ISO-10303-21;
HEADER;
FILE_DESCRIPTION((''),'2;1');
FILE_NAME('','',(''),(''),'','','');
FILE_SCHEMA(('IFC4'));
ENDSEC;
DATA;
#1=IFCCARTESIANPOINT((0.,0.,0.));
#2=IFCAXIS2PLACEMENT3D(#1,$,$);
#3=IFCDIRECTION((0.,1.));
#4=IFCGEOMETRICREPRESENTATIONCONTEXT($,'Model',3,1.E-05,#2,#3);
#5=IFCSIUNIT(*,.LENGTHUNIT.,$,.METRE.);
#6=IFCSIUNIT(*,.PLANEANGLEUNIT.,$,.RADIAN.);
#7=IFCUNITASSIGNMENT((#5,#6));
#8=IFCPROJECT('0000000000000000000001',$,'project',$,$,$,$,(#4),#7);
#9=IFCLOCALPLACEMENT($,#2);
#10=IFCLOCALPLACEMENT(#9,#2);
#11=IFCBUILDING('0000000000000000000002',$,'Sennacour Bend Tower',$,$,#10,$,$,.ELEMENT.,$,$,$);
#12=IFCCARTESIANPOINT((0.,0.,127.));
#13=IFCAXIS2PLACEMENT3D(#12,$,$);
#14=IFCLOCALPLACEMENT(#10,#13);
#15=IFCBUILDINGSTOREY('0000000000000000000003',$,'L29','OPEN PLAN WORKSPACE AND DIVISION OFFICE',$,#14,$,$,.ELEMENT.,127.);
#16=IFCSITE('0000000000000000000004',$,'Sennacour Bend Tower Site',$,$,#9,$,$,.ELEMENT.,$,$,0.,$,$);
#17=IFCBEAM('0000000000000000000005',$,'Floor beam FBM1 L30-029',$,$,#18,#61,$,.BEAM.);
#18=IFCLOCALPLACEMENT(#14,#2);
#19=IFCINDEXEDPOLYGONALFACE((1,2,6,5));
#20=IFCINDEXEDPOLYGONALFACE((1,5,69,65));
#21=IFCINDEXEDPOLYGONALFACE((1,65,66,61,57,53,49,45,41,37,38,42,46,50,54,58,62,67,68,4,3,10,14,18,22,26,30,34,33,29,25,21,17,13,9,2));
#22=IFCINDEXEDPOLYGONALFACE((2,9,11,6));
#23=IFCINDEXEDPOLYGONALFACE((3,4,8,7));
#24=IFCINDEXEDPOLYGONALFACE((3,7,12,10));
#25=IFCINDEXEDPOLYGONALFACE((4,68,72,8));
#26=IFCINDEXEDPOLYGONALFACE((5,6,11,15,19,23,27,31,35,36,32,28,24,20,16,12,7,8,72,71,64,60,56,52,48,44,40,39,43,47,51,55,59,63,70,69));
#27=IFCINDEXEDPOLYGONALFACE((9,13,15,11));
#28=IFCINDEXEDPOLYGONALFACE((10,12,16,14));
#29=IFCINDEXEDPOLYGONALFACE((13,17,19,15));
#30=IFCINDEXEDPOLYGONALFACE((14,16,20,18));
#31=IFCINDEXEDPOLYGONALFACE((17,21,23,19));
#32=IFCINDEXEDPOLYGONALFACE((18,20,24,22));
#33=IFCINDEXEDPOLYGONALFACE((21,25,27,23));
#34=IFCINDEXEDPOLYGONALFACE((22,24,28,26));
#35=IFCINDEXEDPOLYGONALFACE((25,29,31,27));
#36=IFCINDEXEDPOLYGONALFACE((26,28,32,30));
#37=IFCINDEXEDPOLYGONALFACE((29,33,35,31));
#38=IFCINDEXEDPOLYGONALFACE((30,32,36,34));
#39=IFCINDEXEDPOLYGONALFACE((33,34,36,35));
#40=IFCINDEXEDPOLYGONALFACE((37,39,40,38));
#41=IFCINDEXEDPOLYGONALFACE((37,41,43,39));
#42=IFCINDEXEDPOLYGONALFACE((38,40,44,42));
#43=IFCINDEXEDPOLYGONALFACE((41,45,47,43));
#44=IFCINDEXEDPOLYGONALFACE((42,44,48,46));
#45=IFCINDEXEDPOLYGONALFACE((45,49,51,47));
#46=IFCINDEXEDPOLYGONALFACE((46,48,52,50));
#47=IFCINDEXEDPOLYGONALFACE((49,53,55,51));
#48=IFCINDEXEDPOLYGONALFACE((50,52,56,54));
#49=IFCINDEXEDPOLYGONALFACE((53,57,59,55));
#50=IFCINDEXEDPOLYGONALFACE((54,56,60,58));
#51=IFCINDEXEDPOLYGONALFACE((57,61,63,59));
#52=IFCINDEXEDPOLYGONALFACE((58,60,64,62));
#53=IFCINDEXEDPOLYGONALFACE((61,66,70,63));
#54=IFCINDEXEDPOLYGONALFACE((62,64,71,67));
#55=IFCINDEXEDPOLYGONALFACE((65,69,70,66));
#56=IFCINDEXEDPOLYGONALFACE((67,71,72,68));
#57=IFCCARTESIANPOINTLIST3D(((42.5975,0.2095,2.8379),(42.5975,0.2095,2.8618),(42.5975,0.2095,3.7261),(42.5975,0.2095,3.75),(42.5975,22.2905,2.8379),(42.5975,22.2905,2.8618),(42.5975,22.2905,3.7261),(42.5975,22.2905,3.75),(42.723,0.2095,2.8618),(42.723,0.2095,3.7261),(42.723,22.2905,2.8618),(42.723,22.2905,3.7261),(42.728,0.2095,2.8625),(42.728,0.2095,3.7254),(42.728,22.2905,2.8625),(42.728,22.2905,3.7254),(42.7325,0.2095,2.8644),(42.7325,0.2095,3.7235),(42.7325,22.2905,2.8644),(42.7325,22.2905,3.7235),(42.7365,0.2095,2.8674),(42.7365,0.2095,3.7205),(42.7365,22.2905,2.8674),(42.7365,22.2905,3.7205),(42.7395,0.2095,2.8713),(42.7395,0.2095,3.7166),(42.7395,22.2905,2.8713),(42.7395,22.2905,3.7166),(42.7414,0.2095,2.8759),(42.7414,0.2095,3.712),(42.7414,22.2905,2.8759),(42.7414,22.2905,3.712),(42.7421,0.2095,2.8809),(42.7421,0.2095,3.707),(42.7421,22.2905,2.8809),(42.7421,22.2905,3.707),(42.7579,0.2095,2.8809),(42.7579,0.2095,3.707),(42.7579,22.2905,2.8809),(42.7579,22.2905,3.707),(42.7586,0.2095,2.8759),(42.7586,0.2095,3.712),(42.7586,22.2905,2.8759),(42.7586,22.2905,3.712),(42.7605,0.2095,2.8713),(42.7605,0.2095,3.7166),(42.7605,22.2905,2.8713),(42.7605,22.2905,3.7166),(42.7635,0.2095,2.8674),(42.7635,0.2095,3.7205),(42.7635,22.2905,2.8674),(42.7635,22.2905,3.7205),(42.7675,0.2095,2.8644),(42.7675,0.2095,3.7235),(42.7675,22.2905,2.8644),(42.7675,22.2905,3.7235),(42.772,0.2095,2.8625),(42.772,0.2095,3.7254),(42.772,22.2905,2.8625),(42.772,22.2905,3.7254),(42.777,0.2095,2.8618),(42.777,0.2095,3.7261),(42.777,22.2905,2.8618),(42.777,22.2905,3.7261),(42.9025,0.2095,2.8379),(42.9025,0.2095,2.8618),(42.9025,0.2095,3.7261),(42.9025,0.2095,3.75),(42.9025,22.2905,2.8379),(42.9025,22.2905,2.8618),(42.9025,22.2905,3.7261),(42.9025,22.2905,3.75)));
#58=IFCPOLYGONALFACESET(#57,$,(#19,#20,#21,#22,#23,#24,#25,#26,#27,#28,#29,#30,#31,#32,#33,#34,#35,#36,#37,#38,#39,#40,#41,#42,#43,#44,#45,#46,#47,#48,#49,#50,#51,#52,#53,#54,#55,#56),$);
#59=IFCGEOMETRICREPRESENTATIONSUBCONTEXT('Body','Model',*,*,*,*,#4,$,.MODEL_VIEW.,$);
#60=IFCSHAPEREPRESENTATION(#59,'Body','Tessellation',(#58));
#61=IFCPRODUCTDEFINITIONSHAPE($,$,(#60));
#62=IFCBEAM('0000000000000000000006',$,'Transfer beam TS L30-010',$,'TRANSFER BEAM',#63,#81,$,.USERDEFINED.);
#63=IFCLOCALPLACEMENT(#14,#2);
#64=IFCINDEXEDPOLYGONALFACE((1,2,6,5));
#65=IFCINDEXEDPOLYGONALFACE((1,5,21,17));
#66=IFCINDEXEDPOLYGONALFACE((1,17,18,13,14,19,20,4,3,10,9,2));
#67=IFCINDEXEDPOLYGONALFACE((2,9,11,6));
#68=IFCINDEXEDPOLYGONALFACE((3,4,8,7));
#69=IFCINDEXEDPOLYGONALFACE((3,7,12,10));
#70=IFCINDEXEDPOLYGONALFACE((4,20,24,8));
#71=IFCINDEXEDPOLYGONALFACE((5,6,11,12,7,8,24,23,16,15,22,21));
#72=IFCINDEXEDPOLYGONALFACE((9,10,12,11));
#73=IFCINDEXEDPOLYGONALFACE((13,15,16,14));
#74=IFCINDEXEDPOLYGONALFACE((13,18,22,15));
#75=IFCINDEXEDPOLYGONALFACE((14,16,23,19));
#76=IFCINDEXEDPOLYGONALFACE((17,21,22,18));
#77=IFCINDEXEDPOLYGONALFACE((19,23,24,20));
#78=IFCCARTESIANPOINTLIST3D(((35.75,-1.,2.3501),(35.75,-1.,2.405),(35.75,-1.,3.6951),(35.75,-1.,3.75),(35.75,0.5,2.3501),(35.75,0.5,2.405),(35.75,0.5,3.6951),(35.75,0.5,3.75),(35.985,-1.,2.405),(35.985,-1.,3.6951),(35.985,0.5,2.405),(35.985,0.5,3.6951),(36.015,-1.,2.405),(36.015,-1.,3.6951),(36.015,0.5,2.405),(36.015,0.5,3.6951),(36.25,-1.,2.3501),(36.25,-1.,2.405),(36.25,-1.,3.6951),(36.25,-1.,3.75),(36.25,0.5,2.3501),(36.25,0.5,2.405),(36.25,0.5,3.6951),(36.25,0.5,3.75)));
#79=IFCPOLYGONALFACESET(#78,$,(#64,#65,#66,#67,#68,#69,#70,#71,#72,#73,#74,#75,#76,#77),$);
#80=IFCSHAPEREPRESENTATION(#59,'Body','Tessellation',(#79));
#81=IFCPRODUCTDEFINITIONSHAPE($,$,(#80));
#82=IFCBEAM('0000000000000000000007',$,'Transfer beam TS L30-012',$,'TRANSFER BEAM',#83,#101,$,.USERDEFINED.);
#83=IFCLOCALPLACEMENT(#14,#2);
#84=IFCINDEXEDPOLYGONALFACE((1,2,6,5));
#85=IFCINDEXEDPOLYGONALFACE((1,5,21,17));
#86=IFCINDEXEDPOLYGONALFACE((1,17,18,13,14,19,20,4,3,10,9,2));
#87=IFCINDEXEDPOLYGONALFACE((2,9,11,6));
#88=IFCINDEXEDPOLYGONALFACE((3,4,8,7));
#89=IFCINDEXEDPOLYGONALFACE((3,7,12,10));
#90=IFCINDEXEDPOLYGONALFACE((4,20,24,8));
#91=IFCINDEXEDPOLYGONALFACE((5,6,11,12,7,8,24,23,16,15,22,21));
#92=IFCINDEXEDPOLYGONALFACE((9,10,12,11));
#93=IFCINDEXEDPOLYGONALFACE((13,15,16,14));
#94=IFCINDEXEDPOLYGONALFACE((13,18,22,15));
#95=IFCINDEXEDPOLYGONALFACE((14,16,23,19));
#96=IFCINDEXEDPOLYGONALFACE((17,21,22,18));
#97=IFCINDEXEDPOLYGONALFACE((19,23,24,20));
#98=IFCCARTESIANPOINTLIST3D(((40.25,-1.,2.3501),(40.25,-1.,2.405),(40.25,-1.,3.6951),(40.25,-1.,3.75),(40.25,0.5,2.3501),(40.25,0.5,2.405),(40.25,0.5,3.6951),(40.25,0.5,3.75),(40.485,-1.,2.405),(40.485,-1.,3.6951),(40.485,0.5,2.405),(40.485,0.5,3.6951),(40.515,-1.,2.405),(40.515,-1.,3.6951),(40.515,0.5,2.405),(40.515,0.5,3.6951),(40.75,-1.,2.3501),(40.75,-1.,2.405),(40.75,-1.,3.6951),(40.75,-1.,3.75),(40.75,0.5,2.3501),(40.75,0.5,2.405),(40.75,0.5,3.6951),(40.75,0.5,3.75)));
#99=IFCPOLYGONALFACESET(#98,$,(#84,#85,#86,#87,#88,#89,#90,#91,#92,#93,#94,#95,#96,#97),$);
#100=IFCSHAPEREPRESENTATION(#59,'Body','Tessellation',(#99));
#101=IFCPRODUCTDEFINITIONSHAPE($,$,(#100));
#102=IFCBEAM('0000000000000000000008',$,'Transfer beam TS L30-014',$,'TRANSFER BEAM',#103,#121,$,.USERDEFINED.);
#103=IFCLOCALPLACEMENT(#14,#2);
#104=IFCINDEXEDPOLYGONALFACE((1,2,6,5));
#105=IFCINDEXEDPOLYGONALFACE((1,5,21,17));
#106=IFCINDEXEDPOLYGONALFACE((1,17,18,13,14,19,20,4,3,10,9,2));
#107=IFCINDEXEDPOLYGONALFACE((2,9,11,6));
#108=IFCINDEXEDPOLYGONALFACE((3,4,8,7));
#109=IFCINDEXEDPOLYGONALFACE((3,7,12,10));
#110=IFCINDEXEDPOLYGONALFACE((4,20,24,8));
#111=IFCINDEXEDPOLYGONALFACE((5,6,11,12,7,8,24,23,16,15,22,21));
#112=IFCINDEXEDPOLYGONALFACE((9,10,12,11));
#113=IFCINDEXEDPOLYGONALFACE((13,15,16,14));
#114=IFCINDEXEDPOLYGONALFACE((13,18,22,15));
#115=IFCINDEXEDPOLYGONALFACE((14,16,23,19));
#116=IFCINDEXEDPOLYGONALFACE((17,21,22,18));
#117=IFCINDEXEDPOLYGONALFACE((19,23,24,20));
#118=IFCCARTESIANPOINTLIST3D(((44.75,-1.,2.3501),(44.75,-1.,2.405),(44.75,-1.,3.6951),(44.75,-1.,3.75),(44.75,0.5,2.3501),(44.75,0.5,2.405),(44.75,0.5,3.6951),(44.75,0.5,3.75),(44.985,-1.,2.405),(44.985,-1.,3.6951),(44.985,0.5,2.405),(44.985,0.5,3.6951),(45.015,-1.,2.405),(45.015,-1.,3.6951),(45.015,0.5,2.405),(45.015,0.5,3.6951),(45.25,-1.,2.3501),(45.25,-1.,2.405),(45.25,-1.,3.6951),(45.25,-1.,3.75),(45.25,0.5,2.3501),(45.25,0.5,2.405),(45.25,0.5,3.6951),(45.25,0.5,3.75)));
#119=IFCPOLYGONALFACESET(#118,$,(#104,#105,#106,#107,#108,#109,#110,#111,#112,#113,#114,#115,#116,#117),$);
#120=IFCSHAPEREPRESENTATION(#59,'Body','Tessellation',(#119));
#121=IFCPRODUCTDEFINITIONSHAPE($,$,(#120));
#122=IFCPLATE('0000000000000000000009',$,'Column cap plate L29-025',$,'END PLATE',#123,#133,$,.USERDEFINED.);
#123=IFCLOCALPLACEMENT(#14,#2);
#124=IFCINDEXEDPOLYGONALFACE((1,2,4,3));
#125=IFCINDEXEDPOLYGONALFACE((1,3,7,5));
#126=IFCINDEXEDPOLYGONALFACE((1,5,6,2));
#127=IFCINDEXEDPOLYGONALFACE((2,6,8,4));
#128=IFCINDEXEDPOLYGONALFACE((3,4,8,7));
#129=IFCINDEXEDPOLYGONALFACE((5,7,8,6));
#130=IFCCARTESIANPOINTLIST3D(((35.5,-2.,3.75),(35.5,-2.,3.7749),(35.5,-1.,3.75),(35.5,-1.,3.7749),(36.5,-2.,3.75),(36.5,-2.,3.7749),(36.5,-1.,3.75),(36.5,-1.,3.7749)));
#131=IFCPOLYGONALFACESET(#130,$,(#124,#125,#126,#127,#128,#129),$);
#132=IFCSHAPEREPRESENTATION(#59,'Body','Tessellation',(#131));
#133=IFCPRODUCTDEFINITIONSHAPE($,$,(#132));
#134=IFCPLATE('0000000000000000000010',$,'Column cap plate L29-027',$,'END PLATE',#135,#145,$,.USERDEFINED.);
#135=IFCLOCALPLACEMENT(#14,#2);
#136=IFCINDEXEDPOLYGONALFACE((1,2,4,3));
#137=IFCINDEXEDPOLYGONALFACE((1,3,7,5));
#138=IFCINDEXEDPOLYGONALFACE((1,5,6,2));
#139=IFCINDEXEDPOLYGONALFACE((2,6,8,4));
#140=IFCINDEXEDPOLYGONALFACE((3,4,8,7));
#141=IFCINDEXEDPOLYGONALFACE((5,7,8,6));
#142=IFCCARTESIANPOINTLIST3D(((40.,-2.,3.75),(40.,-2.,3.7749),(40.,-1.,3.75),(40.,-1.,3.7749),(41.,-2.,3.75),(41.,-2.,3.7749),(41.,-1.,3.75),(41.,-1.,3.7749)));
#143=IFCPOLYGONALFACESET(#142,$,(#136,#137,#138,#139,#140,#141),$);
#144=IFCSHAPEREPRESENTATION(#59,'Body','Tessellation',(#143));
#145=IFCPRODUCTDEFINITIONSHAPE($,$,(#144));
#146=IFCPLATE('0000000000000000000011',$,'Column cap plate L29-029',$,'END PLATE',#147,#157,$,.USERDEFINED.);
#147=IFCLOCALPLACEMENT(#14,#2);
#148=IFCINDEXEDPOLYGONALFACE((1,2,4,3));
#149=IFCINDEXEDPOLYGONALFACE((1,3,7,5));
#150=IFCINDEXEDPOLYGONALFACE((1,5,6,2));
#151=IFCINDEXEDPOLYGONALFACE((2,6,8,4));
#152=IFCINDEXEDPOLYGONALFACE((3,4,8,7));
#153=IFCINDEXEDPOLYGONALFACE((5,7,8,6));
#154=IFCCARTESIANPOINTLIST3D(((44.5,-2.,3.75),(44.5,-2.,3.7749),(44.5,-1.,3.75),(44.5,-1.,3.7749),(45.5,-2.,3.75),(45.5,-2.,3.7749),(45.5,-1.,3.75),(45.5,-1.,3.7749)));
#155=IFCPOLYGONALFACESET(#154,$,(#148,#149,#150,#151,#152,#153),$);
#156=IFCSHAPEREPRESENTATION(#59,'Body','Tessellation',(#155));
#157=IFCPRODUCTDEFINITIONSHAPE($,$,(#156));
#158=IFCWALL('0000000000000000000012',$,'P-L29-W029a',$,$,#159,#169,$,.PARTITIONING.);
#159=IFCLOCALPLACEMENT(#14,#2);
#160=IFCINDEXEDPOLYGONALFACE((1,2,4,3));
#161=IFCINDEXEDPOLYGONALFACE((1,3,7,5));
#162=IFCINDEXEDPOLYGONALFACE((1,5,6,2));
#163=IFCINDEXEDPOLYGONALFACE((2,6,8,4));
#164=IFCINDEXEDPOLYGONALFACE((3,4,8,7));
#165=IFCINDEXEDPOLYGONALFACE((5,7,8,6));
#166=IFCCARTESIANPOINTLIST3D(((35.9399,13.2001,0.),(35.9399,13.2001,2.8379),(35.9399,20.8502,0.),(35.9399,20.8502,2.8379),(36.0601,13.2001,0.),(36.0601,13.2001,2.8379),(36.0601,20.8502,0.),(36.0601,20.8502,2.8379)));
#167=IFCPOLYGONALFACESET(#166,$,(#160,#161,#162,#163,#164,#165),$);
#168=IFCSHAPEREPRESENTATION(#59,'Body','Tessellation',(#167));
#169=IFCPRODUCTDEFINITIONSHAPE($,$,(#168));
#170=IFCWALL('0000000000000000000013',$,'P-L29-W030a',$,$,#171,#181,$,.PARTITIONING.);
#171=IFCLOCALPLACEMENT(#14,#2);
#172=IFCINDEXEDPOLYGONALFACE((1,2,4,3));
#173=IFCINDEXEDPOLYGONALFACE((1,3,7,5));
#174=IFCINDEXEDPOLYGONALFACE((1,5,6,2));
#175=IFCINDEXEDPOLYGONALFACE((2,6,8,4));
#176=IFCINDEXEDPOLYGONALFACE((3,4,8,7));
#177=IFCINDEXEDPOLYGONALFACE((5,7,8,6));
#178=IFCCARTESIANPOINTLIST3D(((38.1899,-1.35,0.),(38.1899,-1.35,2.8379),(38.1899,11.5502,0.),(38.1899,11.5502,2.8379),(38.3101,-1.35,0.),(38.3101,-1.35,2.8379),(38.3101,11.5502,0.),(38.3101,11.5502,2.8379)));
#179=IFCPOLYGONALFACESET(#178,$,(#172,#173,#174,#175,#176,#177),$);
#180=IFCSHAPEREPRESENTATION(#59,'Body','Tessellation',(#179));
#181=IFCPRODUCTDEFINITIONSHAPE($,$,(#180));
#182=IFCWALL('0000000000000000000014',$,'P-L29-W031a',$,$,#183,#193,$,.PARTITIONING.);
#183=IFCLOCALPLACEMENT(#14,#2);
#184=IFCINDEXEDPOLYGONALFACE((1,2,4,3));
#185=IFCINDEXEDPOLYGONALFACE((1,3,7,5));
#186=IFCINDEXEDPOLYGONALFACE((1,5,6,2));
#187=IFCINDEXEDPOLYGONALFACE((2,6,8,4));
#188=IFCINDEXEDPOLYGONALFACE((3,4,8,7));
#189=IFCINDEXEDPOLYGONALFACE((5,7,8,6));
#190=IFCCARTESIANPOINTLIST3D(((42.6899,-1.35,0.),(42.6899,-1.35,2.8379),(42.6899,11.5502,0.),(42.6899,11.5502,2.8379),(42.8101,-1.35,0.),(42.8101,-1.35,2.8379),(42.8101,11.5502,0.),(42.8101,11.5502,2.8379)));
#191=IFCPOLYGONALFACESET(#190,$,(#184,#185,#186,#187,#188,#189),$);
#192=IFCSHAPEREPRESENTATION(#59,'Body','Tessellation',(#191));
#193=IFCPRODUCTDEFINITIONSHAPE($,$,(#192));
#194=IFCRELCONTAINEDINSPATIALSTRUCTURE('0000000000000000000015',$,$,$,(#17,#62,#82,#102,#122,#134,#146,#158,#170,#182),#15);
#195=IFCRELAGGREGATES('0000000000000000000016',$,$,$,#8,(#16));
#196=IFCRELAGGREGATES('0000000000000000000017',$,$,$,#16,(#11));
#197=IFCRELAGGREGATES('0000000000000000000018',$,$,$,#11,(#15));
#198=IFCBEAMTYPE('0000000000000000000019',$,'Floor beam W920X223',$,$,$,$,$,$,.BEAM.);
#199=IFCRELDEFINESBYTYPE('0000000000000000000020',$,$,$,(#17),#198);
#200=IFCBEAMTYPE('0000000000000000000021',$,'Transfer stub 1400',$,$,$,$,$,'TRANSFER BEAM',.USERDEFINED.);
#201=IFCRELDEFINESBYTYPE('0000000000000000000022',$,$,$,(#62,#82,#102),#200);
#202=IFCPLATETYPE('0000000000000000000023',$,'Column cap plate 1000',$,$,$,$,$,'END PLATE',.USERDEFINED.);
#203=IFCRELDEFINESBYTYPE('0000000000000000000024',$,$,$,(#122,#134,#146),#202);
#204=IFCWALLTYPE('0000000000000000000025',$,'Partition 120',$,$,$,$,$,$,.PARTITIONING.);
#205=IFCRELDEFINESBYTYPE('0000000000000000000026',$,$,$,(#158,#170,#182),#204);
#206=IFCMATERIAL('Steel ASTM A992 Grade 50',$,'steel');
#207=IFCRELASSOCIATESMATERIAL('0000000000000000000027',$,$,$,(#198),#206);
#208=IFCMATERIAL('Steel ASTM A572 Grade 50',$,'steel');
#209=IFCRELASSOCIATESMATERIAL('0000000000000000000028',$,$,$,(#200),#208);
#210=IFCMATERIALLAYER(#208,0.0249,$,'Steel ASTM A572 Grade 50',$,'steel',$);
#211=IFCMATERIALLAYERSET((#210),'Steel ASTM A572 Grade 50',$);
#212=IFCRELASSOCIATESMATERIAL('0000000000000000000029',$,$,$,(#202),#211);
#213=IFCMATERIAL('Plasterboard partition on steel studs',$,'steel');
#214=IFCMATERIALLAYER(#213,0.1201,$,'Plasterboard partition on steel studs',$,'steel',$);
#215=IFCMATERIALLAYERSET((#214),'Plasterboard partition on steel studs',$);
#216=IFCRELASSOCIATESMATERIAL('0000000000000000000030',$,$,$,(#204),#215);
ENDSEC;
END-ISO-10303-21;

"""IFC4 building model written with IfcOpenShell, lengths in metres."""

from ifc_helpers import new_model, si_unit, direction, frame, frame_2d, origin, origin_2d, place, context, subcontext, project, spatial, rectangle, i_section, extrude, material, layer, layer_set, material_profile, profile_set, type_object, element, save


model = new_model("IFC4")

# Units and contexts
model_context = context("Model", 3, precision=1e-05, world=origin(), true_north=direction((0.0, 1.0)))
body_context = subcontext(model_context, "Body", "Model", "MODEL_VIEW")
ifc_project = project(units=[si_unit("LENGTHUNIT", "METRE"), si_unit("PLANEANGLEUNIT", "RADIAN")], contexts=[model_context])

# Site, building, storey
site_placement = place(None, origin())
site = spatial("IfcSite", under=ifc_project, at=site_placement, Name="Sennacour Bend Tower Site", CompositionType="ELEMENT", RefElevation=0.0)
building_placement = place(site_placement, origin())
building = spatial("IfcBuilding", under=site, at=building_placement, Name="Sennacour Bend Tower", CompositionType="ELEMENT")
storey_placement = place(building_placement, frame((0.0, 0.0, 127.0)))
storey = spatial("IfcBuildingStorey", under=building, at=storey_placement, Name="L29", Description="OPEN PLAN WORKSPACE AND DIVISION OFFICE", CompositionType="ELEMENT", Elevation=127.0)

# Shared definitions
ifc_material_1 = material(Name="Steel ASTM A572 Grade 50", Category="steel")

# Beams
ifc_material_2 = material(Name="Steel ASTM A992 Grade 50", Category="steel")
ifc_material_profile_1 = material_profile(ifc_material_2, i_section(OverallWidth=0.3049, OverallDepth=0.9121, WebThickness=0.0159, FlangeThickness=0.0239, FilletRadius=0.019, at=origin_2d()), Name="Steel ASTM A992 Grade 50", Category="steel")
ifc_profile_set_1 = profile_set([ifc_material_profile_1], Name="Steel ASTM A992 Grade 50")
beam_type_1 = type_object("IfcBeamType", Name="Floor beam W920X223", PredefinedType="BEAM", material=ifc_profile_set_1)
beam_1_placement = place(storey_placement, frame((42.75, 0.2095, 3.2939), z_axis=(0.0, 1.0, 0.0), x_axis=(-1.0, 0.0, 0.0)))
element("IfcBeam", 1, at=beam_1_placement, inside=storey, type_object=beam_type_1, Name="Floor beam FBM1 L30-029", PredefinedType="BEAM", context=body_context, shape_type="SweptSolid", body=[
    extrude(i_section(OverallWidth=0.3049, OverallDepth=0.9121, WebThickness=0.0159, FlangeThickness=0.0239, FilletRadius=0.019, at=origin_2d()), origin(), (0.0, 0.0, 1.0), 22.0811),
])
ifc_material_profile_2 = material_profile(ifc_material_1, i_section(OverallWidth=0.5, OverallDepth=1.3999, WebThickness=0.03, FlangeThickness=0.0549, at=origin_2d()), Name="Steel ASTM A572 Grade 50", Category="steel")
ifc_profile_set_2 = profile_set([ifc_material_profile_2], Name="Steel ASTM A572 Grade 50")
beam_type_2 = type_object("IfcBeamType", Name="Transfer stub 1400", ElementType="TRANSFER BEAM", PredefinedType="USERDEFINED", material=ifc_profile_set_2)
for number, where, z_axis, x_axis, name in (
    (2, (36.0, -1.0, 3.05), (0.0, 1.0, 0.0), (-1.0, 0.0, 0.0), "Transfer beam TS L30-010"),
    (3, (40.5, -1.0, 3.05), (0.0, 1.0, 0.0), (-1.0, 0.0, 0.0), "Transfer beam TS L30-012"),
    (4, (45.0, -1.0, 3.05), (0.0, 1.0, 0.0), (-1.0, 0.0, 0.0), "Transfer beam TS L30-014"),
):
    element("IfcBeam", number, at=place(storey_placement, frame(where, z_axis=z_axis, x_axis=x_axis)), inside=storey, type_object=beam_type_2, Name=name, ObjectType="TRANSFER BEAM", PredefinedType="USERDEFINED", context=body_context, shape_type="SweptSolid", body=[
        extrude(i_section(OverallWidth=0.5, OverallDepth=1.3999, WebThickness=0.03, FlangeThickness=0.0549, at=origin_2d()), origin(), (0.0, 0.0, 1.0), 1.5),
    ])

# Plates
ifc_layer_1 = layer(ifc_material_1, 0.0249, Name="Steel ASTM A572 Grade 50", Category="steel")
ifc_layer_set_1 = layer_set([ifc_layer_1], Name="Steel ASTM A572 Grade 50")
plate_type = type_object("IfcPlateType", Name="Column cap plate 1000", ElementType="END PLATE", PredefinedType="USERDEFINED", material=ifc_layer_set_1)
for number, where, z_axis, x_axis, name in (
    (5, (36.0, -1.5, 3.75), (0.0, 0.0, 1.0), (1.0, 0.0, 0.0), "Column cap plate L29-025"),
    (6, (40.5, -1.5, 3.75), (0.0, 0.0, 1.0), (1.0, 0.0, 0.0), "Column cap plate L29-027"),
    (7, (45.0, -1.5, 3.75), (0.0, 0.0, 1.0), (1.0, 0.0, 0.0), "Column cap plate L29-029"),
):
    element("IfcPlate", number, at=place(storey_placement, frame(where, z_axis=z_axis, x_axis=x_axis)), inside=storey, type_object=plate_type, Name=name, ObjectType="END PLATE", PredefinedType="USERDEFINED", context=body_context, shape_type="SweptSolid", body=[
        extrude(rectangle(XDim=1.0, YDim=1.0, at=origin_2d()), origin(), (0.0, 0.0, 1.0), 0.0249),
    ])

# Walls
ifc_material_3 = material(Name="Plasterboard partition on steel studs", Category="steel")
ifc_layer_2 = layer(ifc_material_3, 0.1201, Name="Plasterboard partition on steel studs", Category="steel")
ifc_layer_set_2 = layer_set([ifc_layer_2], Name="Plasterboard partition on steel studs")
wall_type_1 = type_object("IfcWallType", Name="Partition 120", PredefinedType="PARTITIONING", material=ifc_layer_set_2)
wall_1_placement = place(storey_placement, frame((36.0, 13.2, 0.0), z_axis=(0.0, 0.0, 1.0), x_axis=(0.0, 1.0, 0.0)))
element("IfcWall", 8, at=wall_1_placement, inside=storey, type_object=wall_type_1, Name="P-L29-W029a", PredefinedType="PARTITIONING", context=body_context, shape_type="SweptSolid", body=[
    extrude(rectangle(XDim=7.6501, YDim=0.1201, at=frame_2d((3.8252, 0.0))), origin(), (0.0, 0.0, 1.0), 2.8379),
])
for number, where, z_axis, x_axis, name in (
    (9, (38.25, -1.3501, 0.0), (0.0, 0.0, 1.0), (0.0, 1.0, 0.0), "P-L29-W030a"),
    (10, (42.75, -1.3501, 0.0), (0.0, 0.0, 1.0), (0.0, 1.0, 0.0), "P-L29-W031a"),
):
    element("IfcWall", number, at=place(storey_placement, frame(where, z_axis=z_axis, x_axis=x_axis)), inside=storey, type_object=wall_type_1, Name=name, PredefinedType="PARTITIONING", context=body_context, shape_type="SweptSolid", body=[
        extrude(rectangle(XDim=12.9001, YDim=0.1201, at=frame_2d((6.4502, 0.0))), origin(), (0.0, 0.0, 1.0), 2.8379),
    ])

save(model, "model.ifc")
